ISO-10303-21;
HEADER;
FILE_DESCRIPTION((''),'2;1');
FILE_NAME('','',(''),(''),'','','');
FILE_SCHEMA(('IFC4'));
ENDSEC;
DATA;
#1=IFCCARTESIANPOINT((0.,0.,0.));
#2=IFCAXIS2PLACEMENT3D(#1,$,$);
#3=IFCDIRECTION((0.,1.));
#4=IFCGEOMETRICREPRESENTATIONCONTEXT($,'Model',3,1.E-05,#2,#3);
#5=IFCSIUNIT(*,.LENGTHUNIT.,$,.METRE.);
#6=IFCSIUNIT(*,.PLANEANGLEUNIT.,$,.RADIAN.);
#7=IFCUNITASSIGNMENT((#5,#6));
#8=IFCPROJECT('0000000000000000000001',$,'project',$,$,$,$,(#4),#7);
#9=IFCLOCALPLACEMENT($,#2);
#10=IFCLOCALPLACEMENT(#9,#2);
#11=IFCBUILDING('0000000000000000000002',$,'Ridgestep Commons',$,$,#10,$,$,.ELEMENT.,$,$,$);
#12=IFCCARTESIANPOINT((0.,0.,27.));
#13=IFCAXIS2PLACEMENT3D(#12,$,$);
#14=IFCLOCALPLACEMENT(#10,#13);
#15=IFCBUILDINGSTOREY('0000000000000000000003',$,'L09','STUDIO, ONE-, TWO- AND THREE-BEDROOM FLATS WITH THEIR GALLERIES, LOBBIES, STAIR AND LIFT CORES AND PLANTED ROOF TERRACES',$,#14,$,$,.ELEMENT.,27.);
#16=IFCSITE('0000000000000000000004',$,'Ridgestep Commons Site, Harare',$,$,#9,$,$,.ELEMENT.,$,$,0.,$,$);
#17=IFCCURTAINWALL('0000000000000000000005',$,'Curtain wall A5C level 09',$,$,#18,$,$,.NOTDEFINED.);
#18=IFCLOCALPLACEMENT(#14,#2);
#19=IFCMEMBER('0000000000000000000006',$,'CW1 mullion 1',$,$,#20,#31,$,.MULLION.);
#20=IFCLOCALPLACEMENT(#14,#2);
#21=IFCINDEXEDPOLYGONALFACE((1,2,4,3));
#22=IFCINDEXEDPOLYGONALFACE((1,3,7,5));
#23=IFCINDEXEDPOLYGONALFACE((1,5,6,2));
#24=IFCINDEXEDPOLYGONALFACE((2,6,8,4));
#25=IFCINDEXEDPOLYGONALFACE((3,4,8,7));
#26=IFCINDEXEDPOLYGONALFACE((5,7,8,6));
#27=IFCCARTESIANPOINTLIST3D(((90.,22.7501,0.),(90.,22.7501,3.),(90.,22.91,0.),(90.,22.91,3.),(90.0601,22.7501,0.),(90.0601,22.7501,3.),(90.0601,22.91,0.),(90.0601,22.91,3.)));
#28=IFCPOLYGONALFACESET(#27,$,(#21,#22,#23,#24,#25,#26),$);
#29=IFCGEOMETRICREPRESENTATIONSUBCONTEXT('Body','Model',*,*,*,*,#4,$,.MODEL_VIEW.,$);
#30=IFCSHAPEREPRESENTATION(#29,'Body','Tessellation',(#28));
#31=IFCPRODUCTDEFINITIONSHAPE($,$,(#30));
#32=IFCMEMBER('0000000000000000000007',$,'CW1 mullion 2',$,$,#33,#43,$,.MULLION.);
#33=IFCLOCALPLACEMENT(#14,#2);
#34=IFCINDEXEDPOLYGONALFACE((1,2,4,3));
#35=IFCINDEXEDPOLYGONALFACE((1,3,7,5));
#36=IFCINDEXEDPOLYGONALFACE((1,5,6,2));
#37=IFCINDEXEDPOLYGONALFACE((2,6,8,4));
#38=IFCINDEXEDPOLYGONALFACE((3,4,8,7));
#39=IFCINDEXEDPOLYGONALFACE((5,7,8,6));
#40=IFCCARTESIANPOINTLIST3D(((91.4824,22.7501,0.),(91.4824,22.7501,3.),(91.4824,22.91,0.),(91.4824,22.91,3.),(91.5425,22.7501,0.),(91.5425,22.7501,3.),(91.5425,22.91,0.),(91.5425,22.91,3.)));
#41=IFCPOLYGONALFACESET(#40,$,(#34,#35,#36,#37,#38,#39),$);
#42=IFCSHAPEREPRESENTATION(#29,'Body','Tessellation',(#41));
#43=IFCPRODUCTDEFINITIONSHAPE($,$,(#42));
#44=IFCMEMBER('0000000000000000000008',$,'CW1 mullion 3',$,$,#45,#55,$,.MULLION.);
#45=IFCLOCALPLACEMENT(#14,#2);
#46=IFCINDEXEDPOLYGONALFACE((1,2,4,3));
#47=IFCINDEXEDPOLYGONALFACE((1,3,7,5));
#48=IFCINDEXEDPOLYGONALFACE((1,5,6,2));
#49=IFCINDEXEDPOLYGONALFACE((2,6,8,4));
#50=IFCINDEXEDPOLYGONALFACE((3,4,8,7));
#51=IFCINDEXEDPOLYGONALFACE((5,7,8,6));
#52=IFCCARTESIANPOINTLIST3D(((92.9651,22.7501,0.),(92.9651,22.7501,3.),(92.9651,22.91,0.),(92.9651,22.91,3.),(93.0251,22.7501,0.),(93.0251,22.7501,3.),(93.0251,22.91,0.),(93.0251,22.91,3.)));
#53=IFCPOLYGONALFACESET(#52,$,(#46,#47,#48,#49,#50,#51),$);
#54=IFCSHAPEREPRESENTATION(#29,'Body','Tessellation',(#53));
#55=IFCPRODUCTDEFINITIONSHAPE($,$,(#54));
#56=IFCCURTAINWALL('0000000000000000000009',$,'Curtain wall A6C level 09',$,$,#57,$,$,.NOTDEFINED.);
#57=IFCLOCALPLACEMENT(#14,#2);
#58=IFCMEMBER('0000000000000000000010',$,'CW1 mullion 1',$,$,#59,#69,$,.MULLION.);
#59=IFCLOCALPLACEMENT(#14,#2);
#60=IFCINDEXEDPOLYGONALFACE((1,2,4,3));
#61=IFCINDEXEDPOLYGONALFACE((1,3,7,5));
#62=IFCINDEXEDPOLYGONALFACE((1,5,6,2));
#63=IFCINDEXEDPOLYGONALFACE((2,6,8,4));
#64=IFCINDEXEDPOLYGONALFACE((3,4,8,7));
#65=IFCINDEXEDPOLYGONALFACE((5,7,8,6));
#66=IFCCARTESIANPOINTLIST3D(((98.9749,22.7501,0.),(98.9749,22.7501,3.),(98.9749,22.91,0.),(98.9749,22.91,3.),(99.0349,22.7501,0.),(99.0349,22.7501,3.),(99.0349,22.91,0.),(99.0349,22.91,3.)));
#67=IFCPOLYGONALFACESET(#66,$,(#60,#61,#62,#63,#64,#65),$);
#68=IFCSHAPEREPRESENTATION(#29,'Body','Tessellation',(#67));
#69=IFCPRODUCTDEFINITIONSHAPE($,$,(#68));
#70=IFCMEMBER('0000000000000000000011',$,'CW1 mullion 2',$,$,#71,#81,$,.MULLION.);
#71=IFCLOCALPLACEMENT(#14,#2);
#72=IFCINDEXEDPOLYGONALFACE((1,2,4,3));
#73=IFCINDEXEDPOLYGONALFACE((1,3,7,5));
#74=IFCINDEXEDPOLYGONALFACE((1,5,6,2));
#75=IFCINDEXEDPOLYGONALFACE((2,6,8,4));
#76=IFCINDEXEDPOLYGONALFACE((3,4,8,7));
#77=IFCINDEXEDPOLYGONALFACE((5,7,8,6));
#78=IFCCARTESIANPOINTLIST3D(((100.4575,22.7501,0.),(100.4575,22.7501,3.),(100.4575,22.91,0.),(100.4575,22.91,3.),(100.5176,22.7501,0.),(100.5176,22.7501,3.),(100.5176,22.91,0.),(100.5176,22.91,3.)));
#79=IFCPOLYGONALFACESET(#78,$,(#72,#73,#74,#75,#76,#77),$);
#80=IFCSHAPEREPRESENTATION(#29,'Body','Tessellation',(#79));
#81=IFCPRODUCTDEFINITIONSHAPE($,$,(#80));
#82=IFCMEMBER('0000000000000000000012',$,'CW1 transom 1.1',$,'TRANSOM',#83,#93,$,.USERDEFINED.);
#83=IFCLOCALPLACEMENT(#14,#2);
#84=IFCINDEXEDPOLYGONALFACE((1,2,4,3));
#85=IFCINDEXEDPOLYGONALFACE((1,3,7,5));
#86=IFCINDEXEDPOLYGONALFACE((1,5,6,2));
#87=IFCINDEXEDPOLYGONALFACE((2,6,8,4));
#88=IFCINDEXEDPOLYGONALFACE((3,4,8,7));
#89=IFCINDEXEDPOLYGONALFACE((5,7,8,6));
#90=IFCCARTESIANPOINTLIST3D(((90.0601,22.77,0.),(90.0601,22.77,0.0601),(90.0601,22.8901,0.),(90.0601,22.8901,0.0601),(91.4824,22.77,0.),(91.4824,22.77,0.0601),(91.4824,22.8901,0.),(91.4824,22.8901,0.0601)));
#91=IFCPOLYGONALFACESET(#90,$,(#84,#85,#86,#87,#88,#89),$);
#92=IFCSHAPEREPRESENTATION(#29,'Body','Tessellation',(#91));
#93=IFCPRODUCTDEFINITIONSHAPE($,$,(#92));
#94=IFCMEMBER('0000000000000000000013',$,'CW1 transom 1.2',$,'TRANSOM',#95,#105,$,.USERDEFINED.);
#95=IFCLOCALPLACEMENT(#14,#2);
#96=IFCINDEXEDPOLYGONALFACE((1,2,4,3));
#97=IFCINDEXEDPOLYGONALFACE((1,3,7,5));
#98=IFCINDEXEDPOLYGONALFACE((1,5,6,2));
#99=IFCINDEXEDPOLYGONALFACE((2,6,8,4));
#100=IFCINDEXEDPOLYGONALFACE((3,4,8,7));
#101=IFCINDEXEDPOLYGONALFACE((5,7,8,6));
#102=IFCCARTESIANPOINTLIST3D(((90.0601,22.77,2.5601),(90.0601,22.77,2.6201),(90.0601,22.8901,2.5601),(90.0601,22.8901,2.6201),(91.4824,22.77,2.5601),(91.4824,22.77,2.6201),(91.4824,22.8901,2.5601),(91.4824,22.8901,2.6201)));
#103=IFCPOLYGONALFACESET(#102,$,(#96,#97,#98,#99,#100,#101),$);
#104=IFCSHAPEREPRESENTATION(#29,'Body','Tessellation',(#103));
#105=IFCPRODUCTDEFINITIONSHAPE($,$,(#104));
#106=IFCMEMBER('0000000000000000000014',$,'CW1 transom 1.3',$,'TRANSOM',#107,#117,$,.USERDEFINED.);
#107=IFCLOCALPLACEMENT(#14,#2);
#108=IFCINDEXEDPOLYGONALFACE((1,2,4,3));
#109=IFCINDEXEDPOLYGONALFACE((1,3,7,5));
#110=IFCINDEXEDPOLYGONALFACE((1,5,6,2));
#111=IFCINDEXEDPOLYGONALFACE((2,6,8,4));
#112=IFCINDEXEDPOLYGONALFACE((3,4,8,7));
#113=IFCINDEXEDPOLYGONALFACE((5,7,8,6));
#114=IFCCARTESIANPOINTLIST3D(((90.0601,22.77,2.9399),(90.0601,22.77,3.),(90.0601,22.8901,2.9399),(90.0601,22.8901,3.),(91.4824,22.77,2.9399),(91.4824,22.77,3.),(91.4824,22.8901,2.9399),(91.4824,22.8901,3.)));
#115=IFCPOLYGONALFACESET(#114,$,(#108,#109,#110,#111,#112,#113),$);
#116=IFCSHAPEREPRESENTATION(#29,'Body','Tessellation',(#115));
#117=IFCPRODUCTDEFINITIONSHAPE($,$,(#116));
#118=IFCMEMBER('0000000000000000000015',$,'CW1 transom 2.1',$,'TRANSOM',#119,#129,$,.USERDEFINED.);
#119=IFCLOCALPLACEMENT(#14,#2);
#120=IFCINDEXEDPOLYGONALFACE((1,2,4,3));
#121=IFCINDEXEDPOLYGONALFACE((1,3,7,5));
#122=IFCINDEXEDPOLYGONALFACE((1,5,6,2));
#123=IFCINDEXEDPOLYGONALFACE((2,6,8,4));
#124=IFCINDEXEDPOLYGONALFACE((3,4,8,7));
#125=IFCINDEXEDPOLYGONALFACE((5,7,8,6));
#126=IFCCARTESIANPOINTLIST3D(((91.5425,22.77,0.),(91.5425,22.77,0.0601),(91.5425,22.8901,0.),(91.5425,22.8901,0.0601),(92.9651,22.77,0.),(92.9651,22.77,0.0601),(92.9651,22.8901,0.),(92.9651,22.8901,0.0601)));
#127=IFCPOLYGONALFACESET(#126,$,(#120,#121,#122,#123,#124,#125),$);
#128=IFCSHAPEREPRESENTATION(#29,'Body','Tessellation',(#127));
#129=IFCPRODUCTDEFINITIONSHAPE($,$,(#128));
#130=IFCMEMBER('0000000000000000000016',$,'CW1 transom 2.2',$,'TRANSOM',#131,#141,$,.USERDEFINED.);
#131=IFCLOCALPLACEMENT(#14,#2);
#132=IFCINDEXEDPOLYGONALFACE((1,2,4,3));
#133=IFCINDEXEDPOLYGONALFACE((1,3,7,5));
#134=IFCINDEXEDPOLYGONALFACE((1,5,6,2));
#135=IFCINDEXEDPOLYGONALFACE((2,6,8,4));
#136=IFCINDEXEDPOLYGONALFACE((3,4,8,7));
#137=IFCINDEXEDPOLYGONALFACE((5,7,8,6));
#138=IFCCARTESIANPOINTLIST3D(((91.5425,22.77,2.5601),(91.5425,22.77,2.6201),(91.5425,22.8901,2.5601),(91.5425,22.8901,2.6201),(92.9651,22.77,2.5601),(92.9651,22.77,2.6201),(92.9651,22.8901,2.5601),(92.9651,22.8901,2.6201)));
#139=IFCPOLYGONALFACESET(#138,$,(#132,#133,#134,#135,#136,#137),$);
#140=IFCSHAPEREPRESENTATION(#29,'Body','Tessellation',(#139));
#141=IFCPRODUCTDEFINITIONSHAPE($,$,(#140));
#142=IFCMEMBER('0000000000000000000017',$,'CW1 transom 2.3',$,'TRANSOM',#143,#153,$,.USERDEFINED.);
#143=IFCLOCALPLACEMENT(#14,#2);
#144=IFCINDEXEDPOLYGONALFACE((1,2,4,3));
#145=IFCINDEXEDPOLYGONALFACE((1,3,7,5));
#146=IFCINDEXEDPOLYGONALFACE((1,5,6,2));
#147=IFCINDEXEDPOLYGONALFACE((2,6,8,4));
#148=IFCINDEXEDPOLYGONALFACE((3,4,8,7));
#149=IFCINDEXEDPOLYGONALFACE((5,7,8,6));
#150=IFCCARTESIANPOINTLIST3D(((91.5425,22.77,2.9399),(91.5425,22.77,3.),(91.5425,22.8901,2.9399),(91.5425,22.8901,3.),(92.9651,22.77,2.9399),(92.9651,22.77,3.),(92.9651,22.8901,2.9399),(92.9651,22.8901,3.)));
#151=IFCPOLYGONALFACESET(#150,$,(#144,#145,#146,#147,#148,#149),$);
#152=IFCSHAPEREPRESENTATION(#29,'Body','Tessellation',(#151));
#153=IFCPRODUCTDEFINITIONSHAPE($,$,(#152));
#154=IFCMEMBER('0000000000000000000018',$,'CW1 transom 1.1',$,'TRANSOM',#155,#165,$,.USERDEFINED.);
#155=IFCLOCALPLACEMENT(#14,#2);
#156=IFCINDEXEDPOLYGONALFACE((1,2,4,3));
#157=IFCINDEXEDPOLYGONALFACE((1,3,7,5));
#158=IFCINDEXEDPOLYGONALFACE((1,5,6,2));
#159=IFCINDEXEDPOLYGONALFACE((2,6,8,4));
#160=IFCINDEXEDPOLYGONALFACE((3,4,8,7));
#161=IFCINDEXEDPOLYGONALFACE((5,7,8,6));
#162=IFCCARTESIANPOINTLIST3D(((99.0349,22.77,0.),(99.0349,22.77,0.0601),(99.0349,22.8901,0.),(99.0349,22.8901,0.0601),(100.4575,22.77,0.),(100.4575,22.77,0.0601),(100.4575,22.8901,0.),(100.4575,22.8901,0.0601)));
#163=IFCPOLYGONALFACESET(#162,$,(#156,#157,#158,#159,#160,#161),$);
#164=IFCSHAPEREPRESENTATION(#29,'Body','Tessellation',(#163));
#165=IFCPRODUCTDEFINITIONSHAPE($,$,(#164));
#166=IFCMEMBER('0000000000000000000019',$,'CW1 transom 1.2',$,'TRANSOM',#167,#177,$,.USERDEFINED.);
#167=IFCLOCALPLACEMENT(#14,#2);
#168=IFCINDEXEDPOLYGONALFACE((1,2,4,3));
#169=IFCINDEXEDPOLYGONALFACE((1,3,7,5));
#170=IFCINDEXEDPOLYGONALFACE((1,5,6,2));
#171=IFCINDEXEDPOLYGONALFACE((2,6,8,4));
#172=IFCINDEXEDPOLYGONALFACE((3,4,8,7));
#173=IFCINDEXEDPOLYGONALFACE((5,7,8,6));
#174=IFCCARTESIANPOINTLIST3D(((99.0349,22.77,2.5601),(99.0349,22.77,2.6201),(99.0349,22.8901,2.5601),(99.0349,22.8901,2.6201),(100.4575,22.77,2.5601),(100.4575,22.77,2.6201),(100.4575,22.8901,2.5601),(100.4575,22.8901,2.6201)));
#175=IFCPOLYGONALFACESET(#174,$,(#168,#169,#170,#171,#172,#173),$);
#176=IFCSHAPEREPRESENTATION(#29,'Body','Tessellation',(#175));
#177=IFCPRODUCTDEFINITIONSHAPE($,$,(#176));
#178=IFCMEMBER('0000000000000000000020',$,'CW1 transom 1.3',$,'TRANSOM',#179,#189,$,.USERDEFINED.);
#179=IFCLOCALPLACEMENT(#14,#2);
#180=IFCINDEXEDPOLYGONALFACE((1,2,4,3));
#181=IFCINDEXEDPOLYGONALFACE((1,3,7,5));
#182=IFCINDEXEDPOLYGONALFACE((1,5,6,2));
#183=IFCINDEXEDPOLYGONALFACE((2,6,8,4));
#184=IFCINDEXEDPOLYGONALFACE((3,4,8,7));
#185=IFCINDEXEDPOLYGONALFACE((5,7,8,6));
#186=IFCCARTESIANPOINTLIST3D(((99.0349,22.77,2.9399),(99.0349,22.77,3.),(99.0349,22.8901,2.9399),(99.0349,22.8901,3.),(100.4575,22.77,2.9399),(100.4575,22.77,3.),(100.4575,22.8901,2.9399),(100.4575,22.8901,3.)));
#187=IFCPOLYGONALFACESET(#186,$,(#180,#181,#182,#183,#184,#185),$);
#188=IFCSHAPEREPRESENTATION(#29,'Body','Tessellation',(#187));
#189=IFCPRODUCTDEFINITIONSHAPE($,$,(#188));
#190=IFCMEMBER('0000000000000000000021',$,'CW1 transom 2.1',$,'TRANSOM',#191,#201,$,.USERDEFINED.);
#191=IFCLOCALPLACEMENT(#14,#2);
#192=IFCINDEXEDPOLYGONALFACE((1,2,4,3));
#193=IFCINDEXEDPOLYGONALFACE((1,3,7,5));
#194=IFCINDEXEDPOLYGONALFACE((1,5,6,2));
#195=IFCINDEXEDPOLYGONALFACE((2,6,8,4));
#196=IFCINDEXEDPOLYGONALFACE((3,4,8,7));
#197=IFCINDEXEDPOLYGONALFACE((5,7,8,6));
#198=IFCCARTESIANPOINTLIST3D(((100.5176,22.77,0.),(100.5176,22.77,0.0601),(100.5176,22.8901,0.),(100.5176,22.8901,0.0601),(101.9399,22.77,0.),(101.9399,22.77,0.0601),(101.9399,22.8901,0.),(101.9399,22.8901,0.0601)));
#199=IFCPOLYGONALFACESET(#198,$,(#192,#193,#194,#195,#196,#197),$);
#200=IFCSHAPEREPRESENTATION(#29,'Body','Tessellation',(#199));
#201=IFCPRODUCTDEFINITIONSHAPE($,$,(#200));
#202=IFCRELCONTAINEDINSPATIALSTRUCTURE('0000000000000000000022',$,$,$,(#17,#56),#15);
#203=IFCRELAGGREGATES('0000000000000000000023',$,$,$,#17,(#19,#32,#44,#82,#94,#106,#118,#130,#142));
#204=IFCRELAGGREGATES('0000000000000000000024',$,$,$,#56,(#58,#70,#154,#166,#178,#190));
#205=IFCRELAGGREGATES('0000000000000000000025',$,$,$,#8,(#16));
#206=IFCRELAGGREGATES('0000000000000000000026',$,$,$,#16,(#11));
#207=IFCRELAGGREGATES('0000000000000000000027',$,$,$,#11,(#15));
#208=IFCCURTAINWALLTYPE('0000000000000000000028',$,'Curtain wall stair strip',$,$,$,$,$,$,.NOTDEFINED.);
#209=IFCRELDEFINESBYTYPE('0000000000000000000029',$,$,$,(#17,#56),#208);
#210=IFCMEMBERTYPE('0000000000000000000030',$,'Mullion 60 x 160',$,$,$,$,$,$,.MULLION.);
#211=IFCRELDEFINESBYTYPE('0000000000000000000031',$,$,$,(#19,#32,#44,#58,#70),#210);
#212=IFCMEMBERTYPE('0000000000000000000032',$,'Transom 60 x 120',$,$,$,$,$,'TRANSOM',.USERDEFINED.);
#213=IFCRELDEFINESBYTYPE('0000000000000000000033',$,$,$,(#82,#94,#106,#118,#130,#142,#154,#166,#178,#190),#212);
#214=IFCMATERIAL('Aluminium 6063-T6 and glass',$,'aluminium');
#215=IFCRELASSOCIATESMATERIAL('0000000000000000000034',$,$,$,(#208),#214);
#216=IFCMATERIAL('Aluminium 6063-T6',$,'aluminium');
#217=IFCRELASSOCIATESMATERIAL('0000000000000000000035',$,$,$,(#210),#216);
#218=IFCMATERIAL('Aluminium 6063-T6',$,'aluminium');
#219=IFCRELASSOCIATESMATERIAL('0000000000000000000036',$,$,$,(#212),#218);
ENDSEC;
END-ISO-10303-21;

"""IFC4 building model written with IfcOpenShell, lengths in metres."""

from ifc_helpers import new_model, si_unit, direction, frame, origin, origin_2d, place, context, subcontext, project, spatial, rectangle, extrude, material, material_profile, profile_set, type_object, element, aggregate, save


model = new_model("IFC4")

# Units and contexts
model_context = context("Model", 3, precision=1e-05, world=origin(), true_north=direction((0.0, 1.0)))
body_context = subcontext(model_context, "Body", "Model", "MODEL_VIEW")
ifc_project = project(units=[si_unit("LENGTHUNIT", "METRE"), si_unit("PLANEANGLEUNIT", "RADIAN")], contexts=[model_context])

# Site, building, storey
site_placement = place(None, origin())
site = spatial("IfcSite", under=ifc_project, at=site_placement, Name="Ridgestep Commons Site, Harare", CompositionType="ELEMENT", RefElevation=0.0)
building_placement = place(site_placement, origin())
building = spatial("IfcBuilding", under=site, at=building_placement, Name="Ridgestep Commons", CompositionType="ELEMENT")
storey_placement = place(building_placement, frame((0.0, 0.0, 27.0)))
storey = spatial("IfcBuildingStorey", under=building, at=storey_placement, Name="L09", Description="STUDIO, ONE-, TWO- AND THREE-BEDROOM FLATS WITH THEIR GALLERIES, LOBBIES, STAIR AND LIFT CORES AND PLANTED ROOF TERRACES", CompositionType="ELEMENT", Elevation=27.0)

# Curtain walls, members
ifc_material_1 = material(Name="Aluminium 6063-T6 and glass", Category="aluminium")
curtain_wall_type = type_object("IfcCurtainWallType", Name="Curtain wall stair strip", PredefinedType="NOTDEFINED", material=ifc_material_1)
curtain_wall_1_placement = place(storey_placement, origin())
curtain_wall_1 = element("IfcCurtainWall", 1, at=curtain_wall_1_placement, inside=storey, type_object=curtain_wall_type, Name="Curtain wall A5C level 09", PredefinedType="NOTDEFINED")
ifc_material_2 = material(Name="Aluminium 6063-T6", Category="aluminium")
ifc_material_profile_1 = material_profile(ifc_material_2, rectangle(XDim=0.1599, YDim=0.0601, at=origin_2d()), Name="Mullion 60 x 160")
ifc_profile_set_1 = profile_set([ifc_material_profile_1], Name="Aluminium 6063-T6")
member_type_1 = type_object("IfcMemberType", Name="Mullion 60 x 160", PredefinedType="MULLION", material=ifc_profile_set_1)
member_1_placement = place(storey_placement, frame((90.03, 22.8301, 0.0), z_axis=(0.0, 0.0, 1.0), x_axis=(0.0, 1.0, 0.0)))
member_1 = element("IfcMember", 2, at=member_1_placement, type_object=member_type_1, Name="CW1 mullion 1", PredefinedType="MULLION", context=body_context, shape_type="SweptSolid", body=[
    extrude(rectangle(XDim=0.1599, YDim=0.0601, at=origin_2d()), origin(), (0.0, 0.0, 1.0), 3.0),
])
member_2_placement = place(storey_placement, frame((91.5125, 22.8301, 0.0), z_axis=(0.0, 0.0, 1.0), x_axis=(0.0, 1.0, 0.0)))
member_2 = element("IfcMember", 3, at=member_2_placement, type_object=member_type_1, Name="CW1 mullion 2", PredefinedType="MULLION", context=body_context, shape_type="SweptSolid", body=[
    extrude(rectangle(XDim=0.1599, YDim=0.0601, at=origin_2d()), origin(), (0.0, 0.0, 1.0), 3.0),
])
member_3_placement = place(storey_placement, frame((92.9951, 22.8301, 0.0), z_axis=(0.0, 0.0, 1.0), x_axis=(0.0, 1.0, 0.0)))
member_3 = element("IfcMember", 4, at=member_3_placement, type_object=member_type_1, Name="CW1 mullion 3", PredefinedType="MULLION", context=body_context, shape_type="SweptSolid", body=[
    extrude(rectangle(XDim=0.1599, YDim=0.0601, at=origin_2d()), origin(), (0.0, 0.0, 1.0), 3.0),
])
curtain_wall_2_placement = place(storey_placement, origin())
curtain_wall_2 = element("IfcCurtainWall", 5, at=curtain_wall_2_placement, inside=storey, type_object=curtain_wall_type, Name="Curtain wall A6C level 09", PredefinedType="NOTDEFINED")
member_4_placement = place(storey_placement, frame((99.0049, 22.8301, 0.0), z_axis=(0.0, 0.0, 1.0), x_axis=(0.0, 1.0, 0.0)))
member_4 = element("IfcMember", 6, at=member_4_placement, type_object=member_type_1, Name="CW1 mullion 1", PredefinedType="MULLION", context=body_context, shape_type="SweptSolid", body=[
    extrude(rectangle(XDim=0.1599, YDim=0.0601, at=origin_2d()), origin(), (0.0, 0.0, 1.0), 3.0),
])
member_5_placement = place(storey_placement, frame((100.4875, 22.8301, 0.0), z_axis=(0.0, 0.0, 1.0), x_axis=(0.0, 1.0, 0.0)))
member_5 = element("IfcMember", 7, at=member_5_placement, type_object=member_type_1, Name="CW1 mullion 2", PredefinedType="MULLION", context=body_context, shape_type="SweptSolid", body=[
    extrude(rectangle(XDim=0.1599, YDim=0.0601, at=origin_2d()), origin(), (0.0, 0.0, 1.0), 3.0),
])

# Members
ifc_material_3 = material(Name="Aluminium 6063-T6", Category="aluminium")
ifc_material_profile_2 = material_profile(ifc_material_3, rectangle(XDim=0.1201, YDim=0.0601, at=origin_2d()), Name="Transom 60 x 120")
ifc_profile_set_2 = profile_set([ifc_material_profile_2], Name="Aluminium 6063-T6")
member_type_2 = type_object("IfcMemberType", Name="Transom 60 x 120", ElementType="TRANSOM", PredefinedType="USERDEFINED", material=ifc_profile_set_2)
member_6_placement = place(storey_placement, frame((90.0601, 22.8301, 0.03), z_axis=(1.0, 0.0, 0.0), x_axis=(0.0, 1.0, 0.0)))
member_6 = element("IfcMember", 8, at=member_6_placement, type_object=member_type_2, Name="CW1 transom 1.1", ObjectType="TRANSOM", PredefinedType="USERDEFINED", context=body_context, shape_type="SweptSolid", body=[
    extrude(rectangle(XDim=0.1201, YDim=0.0601, at=origin_2d()), origin(), (0.0, 0.0, 1.0), 1.4224),
])
member_7_placement = place(storey_placement, frame((90.0601, 22.8301, 2.5901), z_axis=(1.0, 0.0, 0.0), x_axis=(0.0, 1.0, 0.0)))
member_7 = element("IfcMember", 9, at=member_7_placement, type_object=member_type_2, Name="CW1 transom 1.2", ObjectType="TRANSOM", PredefinedType="USERDEFINED", context=body_context, shape_type="SweptSolid", body=[
    extrude(rectangle(XDim=0.1201, YDim=0.0601, at=origin_2d()), origin(), (0.0, 0.0, 1.0), 1.4224),
])
member_8_placement = place(storey_placement, frame((90.0601, 22.8301, 2.97), z_axis=(1.0, 0.0, 0.0), x_axis=(0.0, 1.0, 0.0)))
member_8 = element("IfcMember", 10, at=member_8_placement, type_object=member_type_2, Name="CW1 transom 1.3", ObjectType="TRANSOM", PredefinedType="USERDEFINED", context=body_context, shape_type="SweptSolid", body=[
    extrude(rectangle(XDim=0.1201, YDim=0.0601, at=origin_2d()), origin(), (0.0, 0.0, 1.0), 1.4224),
])
member_9_placement = place(storey_placement, frame((91.5425, 22.8301, 0.03), z_axis=(1.0, 0.0, 0.0), x_axis=(0.0, 1.0, 0.0)))
member_9 = element("IfcMember", 11, at=member_9_placement, type_object=member_type_2, Name="CW1 transom 2.1", ObjectType="TRANSOM", PredefinedType="USERDEFINED", context=body_context, shape_type="SweptSolid", body=[
    extrude(rectangle(XDim=0.1201, YDim=0.0601, at=origin_2d()), origin(), (0.0, 0.0, 1.0), 1.4226),
])
member_10_placement = place(storey_placement, frame((91.5425, 22.8301, 2.5901), z_axis=(1.0, 0.0, 0.0), x_axis=(0.0, 1.0, 0.0)))
member_10 = element("IfcMember", 12, at=member_10_placement, type_object=member_type_2, Name="CW1 transom 2.2", ObjectType="TRANSOM", PredefinedType="USERDEFINED", context=body_context, shape_type="SweptSolid", body=[
    extrude(rectangle(XDim=0.1201, YDim=0.0601, at=origin_2d()), origin(), (0.0, 0.0, 1.0), 1.4226),
])
member_11_placement = place(storey_placement, frame((91.5425, 22.8301, 2.97), z_axis=(1.0, 0.0, 0.0), x_axis=(0.0, 1.0, 0.0)))
member_11 = element("IfcMember", 13, at=member_11_placement, type_object=member_type_2, Name="CW1 transom 2.3", ObjectType="TRANSOM", PredefinedType="USERDEFINED", context=body_context, shape_type="SweptSolid", body=[
    extrude(rectangle(XDim=0.1201, YDim=0.0601, at=origin_2d()), origin(), (0.0, 0.0, 1.0), 1.4226),
])
member_12_placement = place(storey_placement, frame((99.0349, 22.8301, 0.03), z_axis=(1.0, 0.0, 0.0), x_axis=(0.0, 1.0, 0.0)))
member_12 = element("IfcMember", 14, at=member_12_placement, type_object=member_type_2, Name="CW1 transom 1.1", ObjectType="TRANSOM", PredefinedType="USERDEFINED", context=body_context, shape_type="SweptSolid", body=[
    extrude(rectangle(XDim=0.1201, YDim=0.0601, at=origin_2d()), origin(), (0.0, 0.0, 1.0), 1.4226),
])
member_13_placement = place(storey_placement, frame((99.0349, 22.8301, 2.5901), z_axis=(1.0, 0.0, 0.0), x_axis=(0.0, 1.0, 0.0)))
member_13 = element("IfcMember", 15, at=member_13_placement, type_object=member_type_2, Name="CW1 transom 1.2", ObjectType="TRANSOM", PredefinedType="USERDEFINED", context=body_context, shape_type="SweptSolid", body=[
    extrude(rectangle(XDim=0.1201, YDim=0.0601, at=origin_2d()), origin(), (0.0, 0.0, 1.0), 1.4226),
])
member_14_placement = place(storey_placement, frame((99.0349, 22.8301, 2.97), z_axis=(1.0, 0.0, 0.0), x_axis=(0.0, 1.0, 0.0)))
member_14 = element("IfcMember", 16, at=member_14_placement, type_object=member_type_2, Name="CW1 transom 1.3", ObjectType="TRANSOM", PredefinedType="USERDEFINED", context=body_context, shape_type="SweptSolid", body=[
    extrude(rectangle(XDim=0.1201, YDim=0.0601, at=origin_2d()), origin(), (0.0, 0.0, 1.0), 1.4226),
])
member_15_placement = place(storey_placement, frame((100.5176, 22.8301, 0.03), z_axis=(1.0, 0.0, 0.0), x_axis=(0.0, 1.0, 0.0)))
member_15 = element("IfcMember", 17, at=member_15_placement, type_object=member_type_2, Name="CW1 transom 2.1", ObjectType="TRANSOM", PredefinedType="USERDEFINED", context=body_context, shape_type="SweptSolid", body=[
    extrude(rectangle(XDim=0.1201, YDim=0.0601, at=origin_2d()), origin(), (0.0, 0.0, 1.0), 1.4224),
])

aggregate(curtain_wall_1, [member_1, member_2, member_3, member_6, member_7, member_8, member_9, member_10, member_11])
aggregate(curtain_wall_2, [member_4, member_5, member_12, member_13, member_14, member_15])

save(model, "model.ifc")
